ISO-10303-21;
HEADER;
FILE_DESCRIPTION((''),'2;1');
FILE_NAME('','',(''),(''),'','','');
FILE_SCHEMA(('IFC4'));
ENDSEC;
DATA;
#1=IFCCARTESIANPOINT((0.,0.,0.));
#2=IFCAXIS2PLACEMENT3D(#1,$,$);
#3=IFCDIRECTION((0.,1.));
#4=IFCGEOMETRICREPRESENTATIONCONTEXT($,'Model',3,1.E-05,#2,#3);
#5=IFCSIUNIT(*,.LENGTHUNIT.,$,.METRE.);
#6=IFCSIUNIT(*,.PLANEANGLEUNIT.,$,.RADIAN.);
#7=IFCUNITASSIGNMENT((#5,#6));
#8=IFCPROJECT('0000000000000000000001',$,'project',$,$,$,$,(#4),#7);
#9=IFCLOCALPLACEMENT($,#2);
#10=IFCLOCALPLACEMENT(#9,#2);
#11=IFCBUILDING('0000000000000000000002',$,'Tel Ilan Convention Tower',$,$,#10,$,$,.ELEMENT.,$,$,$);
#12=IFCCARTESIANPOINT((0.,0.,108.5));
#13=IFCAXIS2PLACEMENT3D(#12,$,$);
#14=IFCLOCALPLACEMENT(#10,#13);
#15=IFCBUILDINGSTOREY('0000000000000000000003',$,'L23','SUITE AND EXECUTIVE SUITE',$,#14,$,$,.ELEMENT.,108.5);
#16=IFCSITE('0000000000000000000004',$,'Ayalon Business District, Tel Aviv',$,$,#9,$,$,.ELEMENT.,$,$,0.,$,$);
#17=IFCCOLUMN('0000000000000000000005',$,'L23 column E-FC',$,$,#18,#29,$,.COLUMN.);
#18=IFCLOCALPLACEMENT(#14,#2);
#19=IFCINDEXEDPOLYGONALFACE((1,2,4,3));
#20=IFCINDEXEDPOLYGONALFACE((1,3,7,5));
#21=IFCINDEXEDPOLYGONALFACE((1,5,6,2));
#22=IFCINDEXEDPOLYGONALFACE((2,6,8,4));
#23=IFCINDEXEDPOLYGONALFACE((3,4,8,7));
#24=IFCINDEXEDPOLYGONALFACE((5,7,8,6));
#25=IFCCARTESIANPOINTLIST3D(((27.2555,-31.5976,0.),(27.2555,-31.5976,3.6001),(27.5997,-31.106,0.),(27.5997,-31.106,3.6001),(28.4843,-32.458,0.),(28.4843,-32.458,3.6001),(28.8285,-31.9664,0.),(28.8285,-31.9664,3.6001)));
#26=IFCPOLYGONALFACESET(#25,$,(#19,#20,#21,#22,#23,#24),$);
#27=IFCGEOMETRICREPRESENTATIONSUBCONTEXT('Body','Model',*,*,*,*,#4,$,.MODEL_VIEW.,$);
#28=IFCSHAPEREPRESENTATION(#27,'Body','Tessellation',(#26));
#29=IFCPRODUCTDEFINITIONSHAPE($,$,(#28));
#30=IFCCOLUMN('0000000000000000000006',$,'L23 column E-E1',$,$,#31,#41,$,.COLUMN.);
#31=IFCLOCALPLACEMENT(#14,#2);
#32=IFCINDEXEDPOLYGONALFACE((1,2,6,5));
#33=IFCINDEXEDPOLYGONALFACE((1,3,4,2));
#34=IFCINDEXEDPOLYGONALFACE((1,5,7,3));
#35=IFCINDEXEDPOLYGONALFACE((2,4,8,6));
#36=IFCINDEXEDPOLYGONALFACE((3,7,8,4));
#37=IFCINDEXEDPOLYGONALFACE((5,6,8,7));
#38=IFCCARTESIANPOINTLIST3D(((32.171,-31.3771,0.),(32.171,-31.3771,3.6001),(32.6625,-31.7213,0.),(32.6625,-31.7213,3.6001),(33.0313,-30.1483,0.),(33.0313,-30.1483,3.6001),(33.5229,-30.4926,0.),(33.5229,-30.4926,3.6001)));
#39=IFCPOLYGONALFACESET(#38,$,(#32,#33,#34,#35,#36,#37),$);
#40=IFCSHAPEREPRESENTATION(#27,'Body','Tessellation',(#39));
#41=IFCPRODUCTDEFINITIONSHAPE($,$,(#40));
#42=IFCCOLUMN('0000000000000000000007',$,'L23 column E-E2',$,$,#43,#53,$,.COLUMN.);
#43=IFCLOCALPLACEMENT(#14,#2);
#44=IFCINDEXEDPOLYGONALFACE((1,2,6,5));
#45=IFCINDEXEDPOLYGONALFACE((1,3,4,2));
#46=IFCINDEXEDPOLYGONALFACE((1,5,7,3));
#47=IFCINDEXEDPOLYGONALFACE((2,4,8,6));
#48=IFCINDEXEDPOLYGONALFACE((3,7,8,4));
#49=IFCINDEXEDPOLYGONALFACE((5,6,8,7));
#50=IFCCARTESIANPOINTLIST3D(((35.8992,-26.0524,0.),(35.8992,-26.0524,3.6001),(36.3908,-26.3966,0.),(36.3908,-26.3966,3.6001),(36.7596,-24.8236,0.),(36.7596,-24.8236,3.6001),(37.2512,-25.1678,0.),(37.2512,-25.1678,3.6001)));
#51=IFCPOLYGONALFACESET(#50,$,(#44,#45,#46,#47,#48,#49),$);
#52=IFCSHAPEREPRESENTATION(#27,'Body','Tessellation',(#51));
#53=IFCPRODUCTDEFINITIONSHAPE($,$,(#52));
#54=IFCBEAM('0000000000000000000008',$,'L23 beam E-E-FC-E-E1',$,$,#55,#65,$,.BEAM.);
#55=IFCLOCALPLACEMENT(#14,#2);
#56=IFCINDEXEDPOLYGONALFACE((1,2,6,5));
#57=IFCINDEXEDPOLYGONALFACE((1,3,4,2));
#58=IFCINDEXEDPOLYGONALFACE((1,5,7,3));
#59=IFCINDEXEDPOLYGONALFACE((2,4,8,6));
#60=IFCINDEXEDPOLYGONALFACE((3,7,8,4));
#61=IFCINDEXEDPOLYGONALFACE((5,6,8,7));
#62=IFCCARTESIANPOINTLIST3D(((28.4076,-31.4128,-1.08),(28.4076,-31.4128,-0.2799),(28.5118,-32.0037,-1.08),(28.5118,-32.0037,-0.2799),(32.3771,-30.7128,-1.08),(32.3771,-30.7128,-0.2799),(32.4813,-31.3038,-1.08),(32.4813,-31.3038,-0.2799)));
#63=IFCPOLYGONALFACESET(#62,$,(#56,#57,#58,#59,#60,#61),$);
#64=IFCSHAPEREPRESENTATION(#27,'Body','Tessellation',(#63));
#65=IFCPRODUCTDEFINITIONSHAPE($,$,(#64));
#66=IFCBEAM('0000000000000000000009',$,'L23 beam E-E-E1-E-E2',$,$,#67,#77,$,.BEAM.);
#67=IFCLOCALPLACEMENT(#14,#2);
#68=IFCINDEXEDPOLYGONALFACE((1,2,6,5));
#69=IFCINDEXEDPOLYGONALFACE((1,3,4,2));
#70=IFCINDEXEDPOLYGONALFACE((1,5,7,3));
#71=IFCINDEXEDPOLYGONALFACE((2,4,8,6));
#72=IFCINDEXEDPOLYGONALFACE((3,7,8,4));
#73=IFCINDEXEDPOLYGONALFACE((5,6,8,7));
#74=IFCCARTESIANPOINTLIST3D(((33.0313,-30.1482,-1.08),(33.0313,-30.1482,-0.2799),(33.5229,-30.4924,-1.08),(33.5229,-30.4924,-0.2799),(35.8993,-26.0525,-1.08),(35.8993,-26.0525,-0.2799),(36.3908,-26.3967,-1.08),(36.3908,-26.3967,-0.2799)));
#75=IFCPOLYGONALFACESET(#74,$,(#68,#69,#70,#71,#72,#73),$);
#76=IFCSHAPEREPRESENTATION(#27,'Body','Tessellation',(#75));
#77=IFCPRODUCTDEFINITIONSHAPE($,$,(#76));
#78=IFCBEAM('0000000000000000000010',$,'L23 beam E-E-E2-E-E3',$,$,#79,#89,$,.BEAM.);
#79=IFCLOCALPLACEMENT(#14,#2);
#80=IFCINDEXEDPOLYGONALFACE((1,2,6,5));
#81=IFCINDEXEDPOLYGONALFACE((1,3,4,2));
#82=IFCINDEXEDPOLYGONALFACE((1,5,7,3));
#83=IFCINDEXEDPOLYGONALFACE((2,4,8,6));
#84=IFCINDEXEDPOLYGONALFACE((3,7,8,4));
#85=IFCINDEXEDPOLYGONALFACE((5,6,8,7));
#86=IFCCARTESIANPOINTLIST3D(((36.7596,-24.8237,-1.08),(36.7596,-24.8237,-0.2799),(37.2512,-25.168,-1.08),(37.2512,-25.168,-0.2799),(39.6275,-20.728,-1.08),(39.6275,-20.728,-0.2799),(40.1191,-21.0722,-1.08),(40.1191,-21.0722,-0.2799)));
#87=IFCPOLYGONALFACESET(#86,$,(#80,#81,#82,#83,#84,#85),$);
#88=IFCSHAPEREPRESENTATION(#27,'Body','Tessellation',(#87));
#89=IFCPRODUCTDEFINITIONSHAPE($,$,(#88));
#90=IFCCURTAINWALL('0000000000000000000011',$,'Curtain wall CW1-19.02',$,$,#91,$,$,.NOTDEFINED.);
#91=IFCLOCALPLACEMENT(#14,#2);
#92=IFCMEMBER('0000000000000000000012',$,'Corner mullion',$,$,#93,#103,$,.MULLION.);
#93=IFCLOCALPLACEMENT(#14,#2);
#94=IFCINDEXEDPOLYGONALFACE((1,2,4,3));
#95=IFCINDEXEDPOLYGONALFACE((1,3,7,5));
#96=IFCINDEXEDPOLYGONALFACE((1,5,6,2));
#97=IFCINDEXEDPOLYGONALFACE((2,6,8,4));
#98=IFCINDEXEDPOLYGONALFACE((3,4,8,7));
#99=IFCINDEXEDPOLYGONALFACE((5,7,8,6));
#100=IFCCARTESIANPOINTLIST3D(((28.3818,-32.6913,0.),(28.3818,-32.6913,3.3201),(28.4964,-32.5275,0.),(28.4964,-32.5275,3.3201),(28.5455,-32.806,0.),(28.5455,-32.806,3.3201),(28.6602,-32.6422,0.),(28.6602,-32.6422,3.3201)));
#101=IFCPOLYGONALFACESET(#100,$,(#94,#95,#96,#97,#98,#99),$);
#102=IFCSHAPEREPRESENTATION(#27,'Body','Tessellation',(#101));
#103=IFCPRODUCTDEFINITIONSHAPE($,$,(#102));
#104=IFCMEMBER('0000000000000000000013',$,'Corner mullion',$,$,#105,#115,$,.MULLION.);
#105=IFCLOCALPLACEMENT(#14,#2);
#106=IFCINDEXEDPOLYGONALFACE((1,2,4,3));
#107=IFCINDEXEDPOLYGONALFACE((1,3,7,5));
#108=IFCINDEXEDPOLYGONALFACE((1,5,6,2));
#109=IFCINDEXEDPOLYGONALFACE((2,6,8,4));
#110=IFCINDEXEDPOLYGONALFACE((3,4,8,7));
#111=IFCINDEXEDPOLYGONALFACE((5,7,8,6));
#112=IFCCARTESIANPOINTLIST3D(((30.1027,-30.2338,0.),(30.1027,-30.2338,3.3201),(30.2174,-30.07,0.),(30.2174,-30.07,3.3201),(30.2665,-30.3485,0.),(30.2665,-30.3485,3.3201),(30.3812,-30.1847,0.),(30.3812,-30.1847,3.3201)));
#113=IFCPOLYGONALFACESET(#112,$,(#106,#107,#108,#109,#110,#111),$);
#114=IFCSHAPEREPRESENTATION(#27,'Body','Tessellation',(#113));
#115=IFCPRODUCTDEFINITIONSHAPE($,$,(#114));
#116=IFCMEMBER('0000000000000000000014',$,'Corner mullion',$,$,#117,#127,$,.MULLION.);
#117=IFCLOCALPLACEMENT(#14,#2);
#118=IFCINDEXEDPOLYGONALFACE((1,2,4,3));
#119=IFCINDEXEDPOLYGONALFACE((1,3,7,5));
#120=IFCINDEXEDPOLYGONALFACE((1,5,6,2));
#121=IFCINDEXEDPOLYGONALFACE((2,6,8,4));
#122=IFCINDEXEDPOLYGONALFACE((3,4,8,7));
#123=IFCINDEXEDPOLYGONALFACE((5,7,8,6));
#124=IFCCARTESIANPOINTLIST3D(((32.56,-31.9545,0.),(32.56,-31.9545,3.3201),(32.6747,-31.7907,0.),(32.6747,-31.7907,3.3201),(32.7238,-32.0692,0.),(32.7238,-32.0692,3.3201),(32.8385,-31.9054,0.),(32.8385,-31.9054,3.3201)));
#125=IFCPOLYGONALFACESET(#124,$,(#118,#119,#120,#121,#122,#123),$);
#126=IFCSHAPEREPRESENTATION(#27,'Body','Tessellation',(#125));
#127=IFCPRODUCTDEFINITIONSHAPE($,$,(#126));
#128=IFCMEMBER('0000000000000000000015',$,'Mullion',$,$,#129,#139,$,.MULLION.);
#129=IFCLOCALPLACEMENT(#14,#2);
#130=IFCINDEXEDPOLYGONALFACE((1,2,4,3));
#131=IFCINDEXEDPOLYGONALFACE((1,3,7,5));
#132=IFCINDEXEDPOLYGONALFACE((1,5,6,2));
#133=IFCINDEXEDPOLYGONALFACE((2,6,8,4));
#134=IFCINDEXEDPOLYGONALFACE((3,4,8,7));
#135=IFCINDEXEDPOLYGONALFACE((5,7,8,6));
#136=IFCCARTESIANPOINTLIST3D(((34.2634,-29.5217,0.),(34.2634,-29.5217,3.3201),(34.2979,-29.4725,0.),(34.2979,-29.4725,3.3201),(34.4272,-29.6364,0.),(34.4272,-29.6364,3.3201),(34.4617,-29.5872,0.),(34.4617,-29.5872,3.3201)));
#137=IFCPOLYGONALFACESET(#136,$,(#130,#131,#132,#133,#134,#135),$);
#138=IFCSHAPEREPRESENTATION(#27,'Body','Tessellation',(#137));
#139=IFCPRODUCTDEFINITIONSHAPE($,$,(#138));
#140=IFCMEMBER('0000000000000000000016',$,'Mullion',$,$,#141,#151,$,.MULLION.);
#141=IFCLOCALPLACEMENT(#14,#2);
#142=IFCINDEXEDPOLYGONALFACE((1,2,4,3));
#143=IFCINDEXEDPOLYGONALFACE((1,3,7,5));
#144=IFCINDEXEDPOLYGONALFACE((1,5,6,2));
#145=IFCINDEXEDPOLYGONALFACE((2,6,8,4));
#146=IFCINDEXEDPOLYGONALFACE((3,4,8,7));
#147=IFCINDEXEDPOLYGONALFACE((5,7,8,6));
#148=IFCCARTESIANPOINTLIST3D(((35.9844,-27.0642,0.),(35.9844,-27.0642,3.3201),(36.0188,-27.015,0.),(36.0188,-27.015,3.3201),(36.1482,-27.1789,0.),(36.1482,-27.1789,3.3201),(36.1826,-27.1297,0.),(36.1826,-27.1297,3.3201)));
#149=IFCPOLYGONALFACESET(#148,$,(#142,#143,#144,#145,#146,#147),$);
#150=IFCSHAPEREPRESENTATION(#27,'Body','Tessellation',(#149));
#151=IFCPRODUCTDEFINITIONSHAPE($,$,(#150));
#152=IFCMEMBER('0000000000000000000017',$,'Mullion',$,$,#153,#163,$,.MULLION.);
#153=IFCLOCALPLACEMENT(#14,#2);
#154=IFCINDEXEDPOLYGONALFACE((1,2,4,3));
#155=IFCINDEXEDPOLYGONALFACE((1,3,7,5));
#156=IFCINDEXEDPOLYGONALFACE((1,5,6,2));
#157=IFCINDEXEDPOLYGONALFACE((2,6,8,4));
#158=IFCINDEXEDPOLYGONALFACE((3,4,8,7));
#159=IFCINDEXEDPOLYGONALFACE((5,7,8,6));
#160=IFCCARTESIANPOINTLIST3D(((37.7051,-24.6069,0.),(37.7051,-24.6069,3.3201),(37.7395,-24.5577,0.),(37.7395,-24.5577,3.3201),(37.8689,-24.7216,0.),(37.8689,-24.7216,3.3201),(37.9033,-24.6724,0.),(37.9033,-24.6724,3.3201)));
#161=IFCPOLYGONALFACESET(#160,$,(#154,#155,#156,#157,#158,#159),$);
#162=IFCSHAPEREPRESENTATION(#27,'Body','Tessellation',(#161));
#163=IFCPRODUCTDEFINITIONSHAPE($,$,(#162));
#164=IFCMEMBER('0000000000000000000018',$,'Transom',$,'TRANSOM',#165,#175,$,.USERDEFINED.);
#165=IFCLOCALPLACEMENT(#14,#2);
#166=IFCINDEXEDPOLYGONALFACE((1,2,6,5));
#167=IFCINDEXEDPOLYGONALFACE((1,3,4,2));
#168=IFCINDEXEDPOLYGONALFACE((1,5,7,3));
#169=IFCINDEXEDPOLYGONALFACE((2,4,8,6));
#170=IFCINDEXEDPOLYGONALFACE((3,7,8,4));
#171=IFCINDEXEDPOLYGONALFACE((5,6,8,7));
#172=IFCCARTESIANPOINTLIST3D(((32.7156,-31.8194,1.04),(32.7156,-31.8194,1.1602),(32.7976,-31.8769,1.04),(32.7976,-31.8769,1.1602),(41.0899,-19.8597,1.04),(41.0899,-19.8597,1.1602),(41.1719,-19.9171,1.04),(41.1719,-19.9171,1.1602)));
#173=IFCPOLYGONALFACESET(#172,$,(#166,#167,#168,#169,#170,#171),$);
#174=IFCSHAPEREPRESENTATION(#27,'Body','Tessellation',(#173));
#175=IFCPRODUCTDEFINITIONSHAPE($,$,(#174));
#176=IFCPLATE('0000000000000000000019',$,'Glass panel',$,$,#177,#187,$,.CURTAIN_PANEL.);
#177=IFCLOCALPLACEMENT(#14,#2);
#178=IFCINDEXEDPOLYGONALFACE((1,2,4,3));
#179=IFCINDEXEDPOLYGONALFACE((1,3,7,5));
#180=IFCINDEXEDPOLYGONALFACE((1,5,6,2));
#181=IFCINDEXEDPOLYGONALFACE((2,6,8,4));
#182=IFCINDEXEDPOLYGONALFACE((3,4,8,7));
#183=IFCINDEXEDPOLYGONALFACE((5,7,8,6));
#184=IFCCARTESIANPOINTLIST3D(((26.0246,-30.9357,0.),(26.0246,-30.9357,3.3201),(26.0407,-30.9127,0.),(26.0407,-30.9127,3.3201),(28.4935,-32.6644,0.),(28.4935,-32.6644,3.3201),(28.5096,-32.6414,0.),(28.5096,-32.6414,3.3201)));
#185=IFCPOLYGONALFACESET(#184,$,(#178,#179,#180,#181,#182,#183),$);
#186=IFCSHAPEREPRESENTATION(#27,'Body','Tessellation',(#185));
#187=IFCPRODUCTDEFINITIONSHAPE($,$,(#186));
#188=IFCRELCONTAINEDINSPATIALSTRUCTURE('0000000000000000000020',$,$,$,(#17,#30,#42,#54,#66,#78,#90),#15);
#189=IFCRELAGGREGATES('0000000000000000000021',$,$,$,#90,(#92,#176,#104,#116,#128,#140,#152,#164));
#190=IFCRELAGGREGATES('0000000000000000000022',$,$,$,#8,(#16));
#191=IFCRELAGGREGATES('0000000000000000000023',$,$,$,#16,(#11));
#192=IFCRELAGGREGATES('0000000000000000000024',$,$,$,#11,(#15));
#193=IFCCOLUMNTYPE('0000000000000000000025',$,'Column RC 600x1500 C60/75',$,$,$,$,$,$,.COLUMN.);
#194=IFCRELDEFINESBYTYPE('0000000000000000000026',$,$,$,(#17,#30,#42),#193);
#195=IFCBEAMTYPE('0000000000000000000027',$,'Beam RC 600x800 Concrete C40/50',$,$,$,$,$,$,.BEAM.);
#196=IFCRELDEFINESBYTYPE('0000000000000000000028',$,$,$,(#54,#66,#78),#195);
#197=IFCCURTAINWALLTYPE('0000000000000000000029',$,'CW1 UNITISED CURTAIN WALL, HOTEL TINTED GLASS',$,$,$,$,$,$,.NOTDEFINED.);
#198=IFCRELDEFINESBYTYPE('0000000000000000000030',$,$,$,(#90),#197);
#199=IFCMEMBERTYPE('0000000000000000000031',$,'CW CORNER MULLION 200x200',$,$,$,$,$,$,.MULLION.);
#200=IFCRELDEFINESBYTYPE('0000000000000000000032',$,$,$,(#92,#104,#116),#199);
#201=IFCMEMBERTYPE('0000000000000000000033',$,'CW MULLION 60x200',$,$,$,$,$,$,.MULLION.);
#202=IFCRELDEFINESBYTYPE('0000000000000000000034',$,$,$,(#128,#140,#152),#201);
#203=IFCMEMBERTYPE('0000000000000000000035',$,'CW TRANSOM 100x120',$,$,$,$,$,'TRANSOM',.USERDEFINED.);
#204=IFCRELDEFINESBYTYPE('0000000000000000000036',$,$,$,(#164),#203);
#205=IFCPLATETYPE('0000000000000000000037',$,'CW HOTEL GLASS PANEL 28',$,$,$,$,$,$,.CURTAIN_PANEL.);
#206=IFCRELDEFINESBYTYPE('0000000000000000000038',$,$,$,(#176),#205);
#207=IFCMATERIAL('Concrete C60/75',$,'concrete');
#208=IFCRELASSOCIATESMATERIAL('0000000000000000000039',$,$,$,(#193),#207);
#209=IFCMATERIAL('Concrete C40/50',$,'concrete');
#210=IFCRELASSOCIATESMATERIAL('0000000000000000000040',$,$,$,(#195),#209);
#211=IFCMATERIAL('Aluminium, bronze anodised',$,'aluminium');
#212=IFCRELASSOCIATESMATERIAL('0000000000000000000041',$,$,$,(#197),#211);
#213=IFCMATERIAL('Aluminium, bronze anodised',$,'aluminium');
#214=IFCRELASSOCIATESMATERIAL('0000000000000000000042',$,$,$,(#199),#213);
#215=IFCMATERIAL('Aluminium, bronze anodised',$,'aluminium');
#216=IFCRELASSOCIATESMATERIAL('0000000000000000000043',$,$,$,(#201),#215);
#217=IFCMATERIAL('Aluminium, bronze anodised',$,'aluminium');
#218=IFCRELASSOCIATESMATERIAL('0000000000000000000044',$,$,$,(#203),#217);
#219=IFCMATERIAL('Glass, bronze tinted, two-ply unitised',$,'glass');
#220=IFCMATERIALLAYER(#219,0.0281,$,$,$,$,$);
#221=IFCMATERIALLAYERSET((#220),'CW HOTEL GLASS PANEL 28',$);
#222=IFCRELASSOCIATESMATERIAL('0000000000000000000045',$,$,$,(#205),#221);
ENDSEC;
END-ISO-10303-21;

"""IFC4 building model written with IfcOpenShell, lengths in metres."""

from ifc_helpers import new_model, si_unit, direction, frame, origin, origin_2d, place, context, subcontext, project, spatial, rectangle, extrude, material, layer, layer_set, material_profile, profile_set, type_object, element, aggregate, save


model = new_model("IFC4")

# Units and contexts
model_context = context("Model", 3, precision=1e-05, world=origin(), true_north=direction((0.0, 1.0)))
body_context = subcontext(model_context, "Body", "Model", "MODEL_VIEW")
ifc_project = project(units=[si_unit("LENGTHUNIT", "METRE"), si_unit("PLANEANGLEUNIT", "RADIAN")], contexts=[model_context])

# Site, building, storey
site_placement = place(None, origin())
site = spatial("IfcSite", under=ifc_project, at=site_placement, Name="Ayalon Business District, Tel Aviv", CompositionType="ELEMENT", RefElevation=0.0)
building_placement = place(site_placement, origin())
building = spatial("IfcBuilding", under=site, at=building_placement, Name="Tel Ilan Convention Tower", CompositionType="ELEMENT")
storey_placement = place(building_placement, frame((0.0, 0.0, 108.5)))
storey = spatial("IfcBuildingStorey", under=building, at=storey_placement, Name="L23", Description="SUITE AND EXECUTIVE SUITE", CompositionType="ELEMENT", Elevation=108.5)

# Columns
ifc_material_1 = material(Name="Concrete C60/75", Category="concrete")
ifc_material_profile_1 = material_profile(ifc_material_1, rectangle(XDim=1.5, YDim=0.6001, at=origin_2d()), Name="RC 600x1500")
ifc_profile_set_1 = profile_set([ifc_material_profile_1], Name="Concrete C60/75")
column_type = type_object("IfcColumnType", Name="Column RC 600x1500 C60/75", PredefinedType="COLUMN", material=ifc_profile_set_1)
for number, where, z_axis, x_axis, name in (
    (1, (28.042, -31.782, 0.0), (0.0, 0.0, 1.0), (0.819152, -0.573576, 0.0), "L23 column E-FC"),
    (2, (32.8469, -30.9348, 0.0), (0.0, 0.0, 1.0), (0.573576, 0.819152, 0.0), "L23 column E-E1"),
    (3, (36.5752, -25.6101, 0.0), (0.0, 0.0, 1.0), (0.573576, 0.819152, 0.0), "L23 column E-E2"),
):
    element("IfcColumn", number, at=place(storey_placement, frame(where, z_axis=z_axis, x_axis=x_axis)), inside=storey, type_object=column_type, Name=name, PredefinedType="COLUMN", context=body_context, shape_type="SweptSolid", body=[
        extrude(rectangle(XDim=1.5, YDim=0.6001, at=origin_2d()), origin(), (0.0, 0.0, 1.0), 3.6001),
    ])

# Beams
ifc_material_2 = material(Name="Concrete C40/50", Category="concrete")
ifc_material_profile_2 = material_profile(ifc_material_2, rectangle(XDim=0.6001, YDim=0.8, at=origin_2d()), Name="RC 600x800")
ifc_profile_set_2 = profile_set([ifc_material_profile_2], Name="Concrete C40/50")
beam_type = type_object("IfcBeamType", Name="Beam RC 600x800 Concrete C40/50", PredefinedType="BEAM", material=ifc_profile_set_2)
beam_placement = place(storey_placement, frame((28.4597, -31.7083, -0.6799), z_axis=(0.984807, 0.173654, 0.0), x_axis=(-0.173654, 0.984807, 0.0)))
element("IfcBeam", 4, at=beam_placement, inside=storey, type_object=beam_type, Name="L23 beam E-E-FC-E-E1", PredefinedType="BEAM", context=body_context, shape_type="SweptSolid", body=[
    extrude(rectangle(XDim=0.6001, YDim=0.8, at=origin_2d()), origin(), (0.0, 0.0, 1.0), 4.0308),
])
for number, where, z_axis, x_axis, name in (
    (5, (33.2771, -30.3203, -0.6799), (0.573587, 0.819145, 0.0), (-0.819145, 0.573587, 0.0), "L23 beam E-E-E1-E-E2"),
    (6, (37.0054, -24.9958, -0.6799), (0.573587, 0.819145, 0.0), (-0.819145, 0.573587, 0.0), "L23 beam E-E-E2-E-E3"),
):
    element("IfcBeam", number, at=place(storey_placement, frame(where, z_axis=z_axis, x_axis=x_axis)), inside=storey, type_object=beam_type, Name=name, PredefinedType="BEAM", context=body_context, shape_type="SweptSolid", body=[
        extrude(rectangle(XDim=0.6001, YDim=0.8, at=origin_2d()), origin(), (0.0, 0.0, 1.0), 5.0),
    ])

# Curtain wall, members, plate
ifc_material_3 = material(Name="Aluminium, bronze anodised", Category="aluminium")
curtain_wall_type = type_object("IfcCurtainWallType", Name="CW1 UNITISED CURTAIN WALL, HOTEL TINTED GLASS", PredefinedType="NOTDEFINED", material=ifc_material_3)
curtain_wall_placement = place(storey_placement, origin())
curtain_wall = element("IfcCurtainWall", 7, at=curtain_wall_placement, inside=storey, type_object=curtain_wall_type, Name="Curtain wall CW1-19.02", PredefinedType="NOTDEFINED")
ifc_material_4 = material(Name="Aluminium, bronze anodised", Category="aluminium")
ifc_material_profile_3 = material_profile(ifc_material_4, rectangle(XDim=0.2, YDim=0.2, at=origin_2d()), Name="CW CORNER MULLION 200x200")
ifc_profile_set_3 = profile_set([ifc_material_profile_3], Name="Aluminium, bronze anodised")
member_type_1 = type_object("IfcMemberType", Name="CW CORNER MULLION 200x200", PredefinedType="MULLION", material=ifc_profile_set_3)
member_1_placement = place(storey_placement, frame((28.521, -32.6667, 0.0), z_axis=(0.0, 0.0, 1.0), x_axis=(0.819152, -0.573576, 0.0)))
member_1 = element("IfcMember", 8, at=member_1_placement, type_object=member_type_1, Name="Corner mullion", PredefinedType="MULLION", context=body_context, shape_type="SweptSolid", body=[
    extrude(rectangle(XDim=0.2, YDim=0.2, at=origin_2d()), origin(), (0.0, 0.0, 1.0), 3.3201),
])
member_2_placement = place(storey_placement, frame((30.2419, -30.2092, 0.0), z_axis=(0.0, 0.0, 1.0), x_axis=(0.573576, 0.819152, 0.0)))
member_2 = element("IfcMember", 9, at=member_2_placement, type_object=member_type_1, Name="Corner mullion", PredefinedType="MULLION", context=body_context, shape_type="SweptSolid", body=[
    extrude(rectangle(XDim=0.2, YDim=0.2, at=origin_2d()), origin(), (0.0, 0.0, 1.0), 3.3201),
])
member_3_placement = place(storey_placement, frame((32.6992, -31.9299, 0.0), z_axis=(0.0, 0.0, 1.0), x_axis=(0.819152, -0.573576, 0.0)))
member_3 = element("IfcMember", 10, at=member_3_placement, type_object=member_type_1, Name="Corner mullion", PredefinedType="MULLION", context=body_context, shape_type="SweptSolid", body=[
    extrude(rectangle(XDim=0.2, YDim=0.2, at=origin_2d()), origin(), (0.0, 0.0, 1.0), 3.3201),
])
ifc_material_5 = material(Name="Aluminium, bronze anodised", Category="aluminium")
ifc_material_profile_4 = material_profile(ifc_material_5, rectangle(XDim=0.0601, YDim=0.2, at=origin_2d()), Name="CW MULLION 60x200")
ifc_profile_set_4 = profile_set([ifc_material_profile_4], Name="Aluminium, bronze anodised")
member_type_2 = type_object("IfcMemberType", Name="CW MULLION 60x200", PredefinedType="MULLION", material=ifc_profile_set_4)
member_4_placement = place(storey_placement, frame((34.3625, -29.5544, 0.0), z_axis=(0.0, 0.0, 1.0), x_axis=(0.573576, 0.819152, 0.0)))
member_4 = element("IfcMember", 11, at=member_4_placement, type_object=member_type_2, Name="Mullion", PredefinedType="MULLION", context=body_context, shape_type="SweptSolid", body=[
    extrude(rectangle(XDim=0.0601, YDim=0.2, at=origin_2d()), origin(), (0.0, 0.0, 1.0), 3.3201),
])
member_5_placement = place(storey_placement, frame((36.0835, -27.0969, 0.0), z_axis=(0.0, 0.0, 1.0), x_axis=(0.573576, 0.819152, 0.0)))
member_5 = element("IfcMember", 12, at=member_5_placement, type_object=member_type_2, Name="Mullion", PredefinedType="MULLION", context=body_context, shape_type="SweptSolid", body=[
    extrude(rectangle(XDim=0.0601, YDim=0.2, at=origin_2d()), origin(), (0.0, 0.0, 1.0), 3.3201),
])
member_6_placement = place(storey_placement, frame((37.8042, -24.6396, 0.0), z_axis=(0.0, 0.0, 1.0), x_axis=(0.573576, 0.819152, 0.0)))
member_6 = element("IfcMember", 13, at=member_6_placement, type_object=member_type_2, Name="Mullion", PredefinedType="MULLION", context=body_context, shape_type="SweptSolid", body=[
    extrude(rectangle(XDim=0.0601, YDim=0.2, at=origin_2d()), origin(), (0.0, 0.0, 1.0), 3.3201),
])
ifc_material_6 = material(Name="Aluminium, bronze anodised", Category="aluminium")
ifc_material_profile_5 = material_profile(ifc_material_6, rectangle(XDim=0.1001, YDim=0.1201, at=origin_2d()), Name="CW TRANSOM 100x120")
ifc_profile_set_5 = profile_set([ifc_material_profile_5], Name="Aluminium, bronze anodised")
member_type_3 = type_object("IfcMemberType", Name="CW TRANSOM 100x120", ElementType="TRANSOM", PredefinedType="USERDEFINED", material=ifc_profile_set_5)
member_7_placement = place(storey_placement, frame((32.7566, -31.8481, 1.1001), z_axis=(0.573576, 0.819153, 0.0), x_axis=(-0.819153, 0.573576, 0.0)))
member_7 = element("IfcMember", 14, at=member_7_placement, type_object=member_type_3, Name="Transom", ObjectType="TRANSOM", PredefinedType="USERDEFINED", context=body_context, shape_type="SweptSolid", body=[
    extrude(rectangle(XDim=0.1001, YDim=0.1201, at=origin_2d()), origin(), (0.0, 0.0, 1.0), 14.6001),
])
ifc_material_7 = material(Name="Glass, bronze tinted, two-ply unitised", Category="glass")
ifc_layer_1 = layer(ifc_material_7, 0.0281)
ifc_layer_set_1 = layer_set([ifc_layer_1], Name="CW HOTEL GLASS PANEL 28")
plate_type = type_object("IfcPlateType", Name="CW HOTEL GLASS PANEL 28", PredefinedType="CURTAIN_PANEL", material=ifc_layer_set_1)
plate_1_placement = place(storey_placement, frame((27.2671, -31.7886, 0.0), z_axis=(0.0, 0.0, 1.0), x_axis=(0.819152, -0.573576, 0.0)))
plate_1 = element("IfcPlate", 15, at=plate_1_placement, type_object=plate_type, Name="Glass panel", PredefinedType="CURTAIN_PANEL", context=body_context, shape_type="SweptSolid", body=[
    extrude(rectangle(XDim=3.0139, YDim=0.0281, at=origin_2d()), origin(), (0.0, 0.0, 1.0), 3.3201),
])
aggregate(curtain_wall, [member_1, plate_1, member_2, member_3, member_4, member_5, member_6, member_7])

save(model, "model.ifc")
